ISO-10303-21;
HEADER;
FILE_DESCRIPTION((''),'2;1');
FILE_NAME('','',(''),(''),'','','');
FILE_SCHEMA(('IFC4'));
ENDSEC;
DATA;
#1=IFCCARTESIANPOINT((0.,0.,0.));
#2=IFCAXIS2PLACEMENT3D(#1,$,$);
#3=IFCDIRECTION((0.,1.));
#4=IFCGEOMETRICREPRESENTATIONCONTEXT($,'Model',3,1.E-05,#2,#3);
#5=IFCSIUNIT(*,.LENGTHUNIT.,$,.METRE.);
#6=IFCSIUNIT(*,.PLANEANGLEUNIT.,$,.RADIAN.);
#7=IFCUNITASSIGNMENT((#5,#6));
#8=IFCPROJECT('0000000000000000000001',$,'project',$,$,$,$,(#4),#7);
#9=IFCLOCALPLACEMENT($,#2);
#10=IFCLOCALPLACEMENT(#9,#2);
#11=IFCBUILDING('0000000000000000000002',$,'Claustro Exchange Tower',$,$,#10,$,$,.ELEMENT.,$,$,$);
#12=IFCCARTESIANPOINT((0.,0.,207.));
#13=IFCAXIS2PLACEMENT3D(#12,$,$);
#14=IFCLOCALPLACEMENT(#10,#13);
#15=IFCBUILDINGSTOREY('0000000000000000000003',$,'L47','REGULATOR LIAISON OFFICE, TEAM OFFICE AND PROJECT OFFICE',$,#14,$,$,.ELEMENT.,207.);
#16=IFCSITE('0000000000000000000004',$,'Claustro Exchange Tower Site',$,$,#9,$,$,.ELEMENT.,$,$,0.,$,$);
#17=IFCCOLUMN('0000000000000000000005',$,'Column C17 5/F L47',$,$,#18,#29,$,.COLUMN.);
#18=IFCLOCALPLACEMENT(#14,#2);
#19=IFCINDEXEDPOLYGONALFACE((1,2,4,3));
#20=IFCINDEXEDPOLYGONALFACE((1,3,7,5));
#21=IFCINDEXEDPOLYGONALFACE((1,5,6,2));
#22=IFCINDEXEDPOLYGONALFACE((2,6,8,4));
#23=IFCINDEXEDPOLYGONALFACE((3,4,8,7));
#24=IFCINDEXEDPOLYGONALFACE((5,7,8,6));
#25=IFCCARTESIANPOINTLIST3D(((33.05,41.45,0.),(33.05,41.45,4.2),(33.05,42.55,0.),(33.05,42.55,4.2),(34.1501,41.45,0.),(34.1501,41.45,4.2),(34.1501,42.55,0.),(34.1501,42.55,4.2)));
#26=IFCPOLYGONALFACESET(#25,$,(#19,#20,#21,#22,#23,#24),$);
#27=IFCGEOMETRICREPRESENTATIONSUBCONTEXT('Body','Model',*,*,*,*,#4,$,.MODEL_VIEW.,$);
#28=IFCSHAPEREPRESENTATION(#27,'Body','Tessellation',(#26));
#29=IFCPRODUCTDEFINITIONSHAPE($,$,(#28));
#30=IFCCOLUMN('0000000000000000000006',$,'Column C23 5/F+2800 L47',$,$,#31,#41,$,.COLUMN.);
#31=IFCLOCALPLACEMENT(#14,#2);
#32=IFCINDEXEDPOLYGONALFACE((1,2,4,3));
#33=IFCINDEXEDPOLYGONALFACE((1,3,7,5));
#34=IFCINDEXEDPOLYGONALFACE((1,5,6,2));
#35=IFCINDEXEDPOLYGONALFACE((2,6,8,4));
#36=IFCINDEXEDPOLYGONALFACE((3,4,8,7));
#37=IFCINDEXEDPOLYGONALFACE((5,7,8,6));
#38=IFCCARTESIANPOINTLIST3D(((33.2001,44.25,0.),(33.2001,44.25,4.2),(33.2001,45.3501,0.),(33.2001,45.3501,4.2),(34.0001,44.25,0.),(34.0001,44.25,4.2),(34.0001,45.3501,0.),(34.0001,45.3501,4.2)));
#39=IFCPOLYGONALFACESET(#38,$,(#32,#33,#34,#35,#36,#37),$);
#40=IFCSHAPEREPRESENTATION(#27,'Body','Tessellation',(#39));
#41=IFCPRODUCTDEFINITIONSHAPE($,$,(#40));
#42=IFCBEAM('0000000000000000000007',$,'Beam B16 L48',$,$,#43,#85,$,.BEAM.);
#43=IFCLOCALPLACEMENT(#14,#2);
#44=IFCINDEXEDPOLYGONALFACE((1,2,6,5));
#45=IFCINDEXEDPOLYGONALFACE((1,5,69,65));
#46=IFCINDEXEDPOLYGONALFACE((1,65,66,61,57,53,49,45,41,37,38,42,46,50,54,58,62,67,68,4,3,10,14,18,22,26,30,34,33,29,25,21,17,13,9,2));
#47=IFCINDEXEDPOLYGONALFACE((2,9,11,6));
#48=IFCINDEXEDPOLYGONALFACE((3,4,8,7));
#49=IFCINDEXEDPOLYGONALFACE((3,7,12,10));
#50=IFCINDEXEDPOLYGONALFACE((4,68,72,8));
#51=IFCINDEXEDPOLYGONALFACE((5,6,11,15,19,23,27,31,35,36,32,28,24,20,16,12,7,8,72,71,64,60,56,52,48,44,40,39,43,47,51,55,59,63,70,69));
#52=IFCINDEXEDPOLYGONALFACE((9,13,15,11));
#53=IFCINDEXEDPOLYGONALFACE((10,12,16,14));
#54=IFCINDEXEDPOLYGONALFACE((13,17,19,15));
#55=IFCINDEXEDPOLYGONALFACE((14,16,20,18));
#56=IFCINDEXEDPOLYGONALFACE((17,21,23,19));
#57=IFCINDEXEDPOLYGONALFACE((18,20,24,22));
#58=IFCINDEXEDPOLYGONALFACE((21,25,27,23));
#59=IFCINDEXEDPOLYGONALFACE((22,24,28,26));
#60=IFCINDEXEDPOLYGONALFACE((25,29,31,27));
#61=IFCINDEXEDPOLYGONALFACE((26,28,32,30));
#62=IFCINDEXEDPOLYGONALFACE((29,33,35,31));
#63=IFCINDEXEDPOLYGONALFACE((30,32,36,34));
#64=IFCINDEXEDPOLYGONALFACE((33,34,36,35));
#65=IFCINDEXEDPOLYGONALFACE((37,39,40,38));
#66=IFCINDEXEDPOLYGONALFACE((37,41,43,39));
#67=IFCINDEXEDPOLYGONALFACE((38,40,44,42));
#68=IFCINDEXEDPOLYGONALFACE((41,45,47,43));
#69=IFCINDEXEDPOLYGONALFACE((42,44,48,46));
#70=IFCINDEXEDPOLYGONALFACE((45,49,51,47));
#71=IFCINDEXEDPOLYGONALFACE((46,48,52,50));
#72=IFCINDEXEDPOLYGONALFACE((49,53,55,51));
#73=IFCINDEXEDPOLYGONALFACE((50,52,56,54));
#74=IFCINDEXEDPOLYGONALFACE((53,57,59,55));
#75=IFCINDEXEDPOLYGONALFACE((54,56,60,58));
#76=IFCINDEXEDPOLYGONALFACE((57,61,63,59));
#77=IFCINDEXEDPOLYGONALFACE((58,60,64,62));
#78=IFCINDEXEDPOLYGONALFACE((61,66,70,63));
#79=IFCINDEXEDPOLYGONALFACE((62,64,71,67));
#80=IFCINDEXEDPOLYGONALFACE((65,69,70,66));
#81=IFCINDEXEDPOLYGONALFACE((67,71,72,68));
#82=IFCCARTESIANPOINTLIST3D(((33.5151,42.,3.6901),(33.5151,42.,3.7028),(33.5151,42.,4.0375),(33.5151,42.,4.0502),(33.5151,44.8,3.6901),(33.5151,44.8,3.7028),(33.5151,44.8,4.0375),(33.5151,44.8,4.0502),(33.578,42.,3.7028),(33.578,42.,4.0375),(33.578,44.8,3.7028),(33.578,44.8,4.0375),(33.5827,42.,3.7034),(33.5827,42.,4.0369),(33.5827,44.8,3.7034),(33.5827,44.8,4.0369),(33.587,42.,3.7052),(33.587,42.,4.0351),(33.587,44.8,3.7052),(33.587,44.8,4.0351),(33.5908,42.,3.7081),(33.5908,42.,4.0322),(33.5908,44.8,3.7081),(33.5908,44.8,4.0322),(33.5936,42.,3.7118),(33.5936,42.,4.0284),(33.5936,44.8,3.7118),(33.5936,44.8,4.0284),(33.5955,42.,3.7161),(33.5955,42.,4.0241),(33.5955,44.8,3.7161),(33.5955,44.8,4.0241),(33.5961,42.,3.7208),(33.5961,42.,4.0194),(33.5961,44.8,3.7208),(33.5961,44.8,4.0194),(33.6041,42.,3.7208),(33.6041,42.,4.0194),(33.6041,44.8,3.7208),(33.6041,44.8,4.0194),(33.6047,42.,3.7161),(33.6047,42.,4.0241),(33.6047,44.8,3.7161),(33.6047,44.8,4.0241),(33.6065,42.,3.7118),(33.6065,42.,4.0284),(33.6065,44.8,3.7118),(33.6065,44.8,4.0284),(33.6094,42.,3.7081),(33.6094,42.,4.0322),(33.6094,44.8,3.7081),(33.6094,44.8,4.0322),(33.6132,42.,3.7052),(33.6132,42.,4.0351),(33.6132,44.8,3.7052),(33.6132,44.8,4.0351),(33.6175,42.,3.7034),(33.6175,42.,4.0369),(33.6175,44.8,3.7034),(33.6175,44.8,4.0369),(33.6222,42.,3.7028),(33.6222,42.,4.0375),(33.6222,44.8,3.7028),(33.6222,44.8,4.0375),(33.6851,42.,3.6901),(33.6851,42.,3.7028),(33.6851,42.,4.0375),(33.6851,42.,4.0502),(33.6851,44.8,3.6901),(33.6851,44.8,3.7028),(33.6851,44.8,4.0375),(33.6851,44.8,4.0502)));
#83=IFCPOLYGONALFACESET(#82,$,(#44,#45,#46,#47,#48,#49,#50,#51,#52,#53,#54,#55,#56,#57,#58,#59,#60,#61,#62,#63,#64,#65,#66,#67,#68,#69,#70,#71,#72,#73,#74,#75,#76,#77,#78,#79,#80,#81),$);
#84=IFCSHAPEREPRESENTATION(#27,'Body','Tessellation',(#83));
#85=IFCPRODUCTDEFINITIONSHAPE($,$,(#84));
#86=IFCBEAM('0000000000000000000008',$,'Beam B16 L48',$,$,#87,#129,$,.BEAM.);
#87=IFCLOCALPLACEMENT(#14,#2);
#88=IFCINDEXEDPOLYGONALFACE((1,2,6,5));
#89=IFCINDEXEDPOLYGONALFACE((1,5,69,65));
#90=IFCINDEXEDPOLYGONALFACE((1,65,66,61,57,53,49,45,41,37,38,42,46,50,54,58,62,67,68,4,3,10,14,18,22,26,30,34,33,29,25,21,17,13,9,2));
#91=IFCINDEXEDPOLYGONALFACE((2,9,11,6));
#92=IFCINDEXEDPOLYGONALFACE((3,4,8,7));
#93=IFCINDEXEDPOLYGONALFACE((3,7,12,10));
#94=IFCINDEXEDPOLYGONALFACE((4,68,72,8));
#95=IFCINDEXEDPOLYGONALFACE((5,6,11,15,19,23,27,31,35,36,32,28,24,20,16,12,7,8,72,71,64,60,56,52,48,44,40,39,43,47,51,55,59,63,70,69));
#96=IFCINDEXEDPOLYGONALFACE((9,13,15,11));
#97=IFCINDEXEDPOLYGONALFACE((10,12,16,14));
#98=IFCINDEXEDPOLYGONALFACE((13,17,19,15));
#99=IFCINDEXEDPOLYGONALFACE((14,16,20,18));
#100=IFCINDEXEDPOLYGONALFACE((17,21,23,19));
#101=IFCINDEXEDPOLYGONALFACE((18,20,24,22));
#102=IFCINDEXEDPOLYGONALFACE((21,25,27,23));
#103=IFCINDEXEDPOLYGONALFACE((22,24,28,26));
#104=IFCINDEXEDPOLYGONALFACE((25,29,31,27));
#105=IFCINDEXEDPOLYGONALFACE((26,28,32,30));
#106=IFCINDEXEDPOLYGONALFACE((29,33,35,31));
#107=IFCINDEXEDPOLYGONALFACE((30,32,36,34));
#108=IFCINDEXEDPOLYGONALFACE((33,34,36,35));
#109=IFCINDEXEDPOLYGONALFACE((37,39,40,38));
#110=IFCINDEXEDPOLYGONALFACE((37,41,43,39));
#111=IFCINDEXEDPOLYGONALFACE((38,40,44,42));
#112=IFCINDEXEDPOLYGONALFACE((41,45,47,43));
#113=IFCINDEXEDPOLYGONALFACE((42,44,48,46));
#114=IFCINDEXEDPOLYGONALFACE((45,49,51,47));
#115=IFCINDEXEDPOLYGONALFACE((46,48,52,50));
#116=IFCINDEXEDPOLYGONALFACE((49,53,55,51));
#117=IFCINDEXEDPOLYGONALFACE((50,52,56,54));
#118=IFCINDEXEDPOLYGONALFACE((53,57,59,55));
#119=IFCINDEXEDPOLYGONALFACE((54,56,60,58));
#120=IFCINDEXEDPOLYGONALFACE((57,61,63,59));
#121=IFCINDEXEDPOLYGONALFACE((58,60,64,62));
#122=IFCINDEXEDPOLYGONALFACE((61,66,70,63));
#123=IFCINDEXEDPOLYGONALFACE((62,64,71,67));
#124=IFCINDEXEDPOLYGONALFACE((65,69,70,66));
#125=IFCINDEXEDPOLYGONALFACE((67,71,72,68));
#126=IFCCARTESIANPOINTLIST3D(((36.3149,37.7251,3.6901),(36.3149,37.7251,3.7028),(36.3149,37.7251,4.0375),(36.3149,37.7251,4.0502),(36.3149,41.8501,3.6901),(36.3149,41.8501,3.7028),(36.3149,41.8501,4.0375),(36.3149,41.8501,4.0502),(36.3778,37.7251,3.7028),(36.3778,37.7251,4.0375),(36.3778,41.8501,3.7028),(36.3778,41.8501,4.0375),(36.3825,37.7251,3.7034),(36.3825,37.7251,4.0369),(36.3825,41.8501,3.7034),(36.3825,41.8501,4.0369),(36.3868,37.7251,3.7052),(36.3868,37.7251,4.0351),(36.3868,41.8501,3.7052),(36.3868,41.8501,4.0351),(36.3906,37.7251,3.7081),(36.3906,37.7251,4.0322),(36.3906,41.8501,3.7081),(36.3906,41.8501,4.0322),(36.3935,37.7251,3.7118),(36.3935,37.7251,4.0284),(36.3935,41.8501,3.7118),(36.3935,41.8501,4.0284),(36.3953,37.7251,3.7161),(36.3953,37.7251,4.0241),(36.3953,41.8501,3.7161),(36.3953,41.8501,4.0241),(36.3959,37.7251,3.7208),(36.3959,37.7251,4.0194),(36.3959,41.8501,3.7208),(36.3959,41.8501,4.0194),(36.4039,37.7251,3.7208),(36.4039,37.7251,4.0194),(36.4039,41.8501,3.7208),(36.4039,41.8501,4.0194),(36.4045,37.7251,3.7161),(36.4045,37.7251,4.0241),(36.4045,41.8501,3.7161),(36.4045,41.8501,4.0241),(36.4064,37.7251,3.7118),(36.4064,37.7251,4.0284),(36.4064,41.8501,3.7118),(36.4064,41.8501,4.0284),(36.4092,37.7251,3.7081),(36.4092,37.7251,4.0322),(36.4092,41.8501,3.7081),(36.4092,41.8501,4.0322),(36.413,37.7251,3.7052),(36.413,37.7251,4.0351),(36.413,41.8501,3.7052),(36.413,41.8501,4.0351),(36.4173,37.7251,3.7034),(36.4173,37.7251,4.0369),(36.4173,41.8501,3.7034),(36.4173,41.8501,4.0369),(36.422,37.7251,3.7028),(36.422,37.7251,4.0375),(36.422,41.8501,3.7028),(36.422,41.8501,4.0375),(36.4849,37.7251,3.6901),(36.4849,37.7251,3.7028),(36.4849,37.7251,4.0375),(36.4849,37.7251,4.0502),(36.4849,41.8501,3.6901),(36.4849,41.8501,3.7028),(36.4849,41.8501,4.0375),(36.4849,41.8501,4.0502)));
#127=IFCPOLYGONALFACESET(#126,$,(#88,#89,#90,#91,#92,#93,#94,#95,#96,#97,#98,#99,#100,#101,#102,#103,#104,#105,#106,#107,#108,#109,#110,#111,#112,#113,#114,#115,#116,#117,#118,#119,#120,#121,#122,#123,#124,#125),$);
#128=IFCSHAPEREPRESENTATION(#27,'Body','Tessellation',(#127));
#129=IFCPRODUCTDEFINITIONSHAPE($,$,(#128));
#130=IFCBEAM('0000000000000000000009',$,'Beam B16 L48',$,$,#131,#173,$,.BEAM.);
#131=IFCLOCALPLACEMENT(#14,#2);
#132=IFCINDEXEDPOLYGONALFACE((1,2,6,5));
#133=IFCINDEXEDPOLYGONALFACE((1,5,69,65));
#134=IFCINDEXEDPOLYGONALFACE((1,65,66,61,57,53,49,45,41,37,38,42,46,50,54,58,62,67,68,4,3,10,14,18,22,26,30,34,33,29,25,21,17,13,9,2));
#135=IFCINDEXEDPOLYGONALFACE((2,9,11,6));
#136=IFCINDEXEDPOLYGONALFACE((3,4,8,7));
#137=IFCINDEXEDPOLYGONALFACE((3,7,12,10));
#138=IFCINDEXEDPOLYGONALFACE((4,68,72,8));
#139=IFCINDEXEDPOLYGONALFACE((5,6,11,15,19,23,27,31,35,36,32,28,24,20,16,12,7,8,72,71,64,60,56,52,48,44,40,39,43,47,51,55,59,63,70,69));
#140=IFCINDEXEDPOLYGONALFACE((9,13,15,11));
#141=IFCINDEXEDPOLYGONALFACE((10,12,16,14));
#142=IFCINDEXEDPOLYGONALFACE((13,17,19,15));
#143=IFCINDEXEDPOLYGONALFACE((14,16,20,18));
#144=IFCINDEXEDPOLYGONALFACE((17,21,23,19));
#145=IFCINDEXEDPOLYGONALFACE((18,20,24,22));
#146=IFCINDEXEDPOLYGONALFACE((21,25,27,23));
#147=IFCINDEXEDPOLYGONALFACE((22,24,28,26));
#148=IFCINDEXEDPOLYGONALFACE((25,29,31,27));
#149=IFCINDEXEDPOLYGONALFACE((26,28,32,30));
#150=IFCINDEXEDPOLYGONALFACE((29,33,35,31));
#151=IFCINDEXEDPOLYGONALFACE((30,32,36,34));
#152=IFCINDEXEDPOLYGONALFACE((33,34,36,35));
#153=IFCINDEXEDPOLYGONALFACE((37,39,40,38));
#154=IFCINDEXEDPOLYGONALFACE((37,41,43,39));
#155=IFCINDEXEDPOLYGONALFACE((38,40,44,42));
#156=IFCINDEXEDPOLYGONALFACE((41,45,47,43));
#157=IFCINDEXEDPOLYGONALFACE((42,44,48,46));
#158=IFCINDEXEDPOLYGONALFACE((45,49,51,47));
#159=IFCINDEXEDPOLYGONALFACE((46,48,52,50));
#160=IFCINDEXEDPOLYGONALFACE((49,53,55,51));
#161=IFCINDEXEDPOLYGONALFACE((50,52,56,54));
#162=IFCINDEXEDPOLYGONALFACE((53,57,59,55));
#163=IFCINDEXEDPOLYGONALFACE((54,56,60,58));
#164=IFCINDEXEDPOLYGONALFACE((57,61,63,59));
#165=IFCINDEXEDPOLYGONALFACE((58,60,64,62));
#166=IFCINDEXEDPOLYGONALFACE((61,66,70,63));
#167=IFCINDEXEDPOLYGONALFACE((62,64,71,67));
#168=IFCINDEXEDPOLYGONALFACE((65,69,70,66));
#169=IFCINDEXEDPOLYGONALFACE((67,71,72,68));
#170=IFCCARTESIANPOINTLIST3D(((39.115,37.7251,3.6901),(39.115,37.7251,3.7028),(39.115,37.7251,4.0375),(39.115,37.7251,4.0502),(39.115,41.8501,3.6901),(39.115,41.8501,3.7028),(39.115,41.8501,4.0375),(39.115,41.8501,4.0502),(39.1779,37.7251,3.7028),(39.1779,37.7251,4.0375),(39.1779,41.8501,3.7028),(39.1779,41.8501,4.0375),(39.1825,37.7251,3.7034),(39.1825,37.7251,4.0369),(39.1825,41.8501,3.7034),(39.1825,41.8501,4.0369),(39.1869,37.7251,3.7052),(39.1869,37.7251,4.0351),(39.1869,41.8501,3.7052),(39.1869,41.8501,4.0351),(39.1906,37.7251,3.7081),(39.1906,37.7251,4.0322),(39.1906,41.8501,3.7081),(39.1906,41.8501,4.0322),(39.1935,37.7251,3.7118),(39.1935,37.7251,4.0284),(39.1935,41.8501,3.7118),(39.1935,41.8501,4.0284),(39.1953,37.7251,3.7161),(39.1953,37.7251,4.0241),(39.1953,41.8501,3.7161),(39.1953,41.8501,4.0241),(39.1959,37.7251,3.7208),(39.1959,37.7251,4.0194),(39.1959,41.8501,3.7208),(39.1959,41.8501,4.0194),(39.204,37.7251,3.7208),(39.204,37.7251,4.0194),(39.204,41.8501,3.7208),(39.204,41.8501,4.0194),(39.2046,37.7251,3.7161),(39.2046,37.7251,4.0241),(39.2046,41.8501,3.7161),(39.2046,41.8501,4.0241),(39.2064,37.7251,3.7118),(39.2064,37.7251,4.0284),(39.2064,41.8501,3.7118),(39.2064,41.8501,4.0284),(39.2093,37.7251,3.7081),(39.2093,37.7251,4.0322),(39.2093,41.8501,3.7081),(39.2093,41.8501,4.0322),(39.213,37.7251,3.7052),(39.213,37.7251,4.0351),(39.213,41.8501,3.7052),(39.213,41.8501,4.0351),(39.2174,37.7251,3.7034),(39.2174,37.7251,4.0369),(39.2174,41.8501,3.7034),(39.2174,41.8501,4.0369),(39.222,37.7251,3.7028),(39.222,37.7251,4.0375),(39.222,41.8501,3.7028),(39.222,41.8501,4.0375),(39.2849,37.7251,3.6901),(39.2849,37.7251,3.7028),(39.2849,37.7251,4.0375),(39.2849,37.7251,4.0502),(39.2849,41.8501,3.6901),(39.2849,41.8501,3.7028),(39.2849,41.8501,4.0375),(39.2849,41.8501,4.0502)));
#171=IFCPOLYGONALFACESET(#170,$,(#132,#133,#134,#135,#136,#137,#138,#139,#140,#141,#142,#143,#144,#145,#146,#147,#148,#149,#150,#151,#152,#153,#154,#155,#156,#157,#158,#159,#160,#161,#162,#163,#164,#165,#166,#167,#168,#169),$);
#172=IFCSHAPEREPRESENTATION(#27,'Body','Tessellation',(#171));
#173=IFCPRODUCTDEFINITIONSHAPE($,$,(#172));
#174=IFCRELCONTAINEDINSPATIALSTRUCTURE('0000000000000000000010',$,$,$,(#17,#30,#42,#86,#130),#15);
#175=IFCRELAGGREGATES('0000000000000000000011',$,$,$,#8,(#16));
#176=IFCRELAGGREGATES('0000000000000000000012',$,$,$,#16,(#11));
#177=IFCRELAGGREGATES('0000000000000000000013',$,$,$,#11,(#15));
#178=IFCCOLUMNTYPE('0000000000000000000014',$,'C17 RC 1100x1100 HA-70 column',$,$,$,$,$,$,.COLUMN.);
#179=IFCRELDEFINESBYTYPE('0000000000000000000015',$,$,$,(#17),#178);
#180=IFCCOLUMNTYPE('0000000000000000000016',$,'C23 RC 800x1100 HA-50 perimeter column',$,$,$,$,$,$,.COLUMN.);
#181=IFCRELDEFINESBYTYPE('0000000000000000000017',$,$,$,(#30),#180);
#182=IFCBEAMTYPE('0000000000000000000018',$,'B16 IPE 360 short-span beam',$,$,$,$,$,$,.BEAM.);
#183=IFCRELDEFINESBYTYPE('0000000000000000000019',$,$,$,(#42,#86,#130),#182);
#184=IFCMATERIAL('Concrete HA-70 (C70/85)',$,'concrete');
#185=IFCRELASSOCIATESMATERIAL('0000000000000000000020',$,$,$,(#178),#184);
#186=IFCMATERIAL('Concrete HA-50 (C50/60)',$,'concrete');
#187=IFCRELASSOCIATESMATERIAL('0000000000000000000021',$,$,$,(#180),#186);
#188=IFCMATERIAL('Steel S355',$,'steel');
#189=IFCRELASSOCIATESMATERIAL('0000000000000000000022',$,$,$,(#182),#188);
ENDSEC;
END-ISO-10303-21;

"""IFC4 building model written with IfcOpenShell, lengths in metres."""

from ifc_helpers import new_model, si_unit, direction, frame, origin, origin_2d, place, context, subcontext, project, spatial, rectangle, i_section, extrude, material, material_profile, profile_set, type_object, element, save


model = new_model("IFC4")

# Units and contexts
model_context = context("Model", 3, precision=1e-05, world=origin(), true_north=direction((0.0, 1.0)))
body_context = subcontext(model_context, "Body", "Model", "MODEL_VIEW")
ifc_project = project(units=[si_unit("LENGTHUNIT", "METRE"), si_unit("PLANEANGLEUNIT", "RADIAN")], contexts=[model_context])

# Site, building, storey
site_placement = place(None, origin())
site = spatial("IfcSite", under=ifc_project, at=site_placement, Name="Claustro Exchange Tower Site", CompositionType="ELEMENT", RefElevation=0.0)
building_placement = place(site_placement, origin())
building = spatial("IfcBuilding", under=site, at=building_placement, Name="Claustro Exchange Tower", CompositionType="ELEMENT")
storey_placement = place(building_placement, frame((0.0, 0.0, 207.0)))
storey = spatial("IfcBuildingStorey", under=building, at=storey_placement, Name="L47", Description="REGULATOR LIAISON OFFICE, TEAM OFFICE AND PROJECT OFFICE", CompositionType="ELEMENT", Elevation=207.0)

# Columns
ifc_material_1 = material(Name="Concrete HA-70 (C70/85)", Category="concrete")
ifc_material_profile_1 = material_profile(ifc_material_1, rectangle(XDim=1.1001, YDim=1.1001, at=origin_2d()), Name="RC 1100x1100")
ifc_profile_set_1 = profile_set([ifc_material_profile_1], Name="Concrete HA-70 (C70/85)")
column_type_1 = type_object("IfcColumnType", Name="C17 RC 1100x1100 HA-70 column", PredefinedType="COLUMN", material=ifc_profile_set_1)
column_1_placement = place(storey_placement, frame((33.6001, 42.0, 0.0), z_axis=(0.0, 0.0, 1.0), x_axis=(1.0, 0.0, 0.0)))
element("IfcColumn", 1, at=column_1_placement, inside=storey, type_object=column_type_1, Name="Column C17 5/F L47", PredefinedType="COLUMN", context=body_context, shape_type="SweptSolid", body=[
    extrude(rectangle(XDim=1.1001, YDim=1.1001, at=origin_2d()), origin(), (0.0, 0.0, 1.0), 4.2),
])
ifc_material_2 = material(Name="Concrete HA-50 (C50/60)", Category="concrete")
ifc_material_profile_2 = material_profile(ifc_material_2, rectangle(XDim=0.8, YDim=1.1001, at=origin_2d()), Name="RC 800x1100")
ifc_profile_set_2 = profile_set([ifc_material_profile_2], Name="Concrete HA-50 (C50/60)")
column_type_2 = type_object("IfcColumnType", Name="C23 RC 800x1100 HA-50 perimeter column", PredefinedType="COLUMN", material=ifc_profile_set_2)
column_2_placement = place(storey_placement, frame((33.6001, 44.8, 0.0), z_axis=(0.0, 0.0, 1.0), x_axis=(1.0, 0.0, 0.0)))
element("IfcColumn", 2, at=column_2_placement, inside=storey, type_object=column_type_2, Name="Column C23 5/F+2800 L47", PredefinedType="COLUMN", context=body_context, shape_type="SweptSolid", body=[
    extrude(rectangle(XDim=0.8, YDim=1.1001, at=origin_2d()), origin(), (0.0, 0.0, 1.0), 4.2),
])

# Beams
ifc_material_3 = material(Name="Steel S355", Category="steel")
ifc_material_profile_3 = material_profile(ifc_material_3, i_section(OverallWidth=0.1699, OverallDepth=0.3601, WebThickness=0.0081, FlangeThickness=0.0127, FilletRadius=0.0181, at=origin_2d()), Name="IPE 360")
ifc_profile_set_3 = profile_set([ifc_material_profile_3], Name="Steel S355")
beam_type_1 = type_object("IfcBeamType", Name="B16 IPE 360 short-span beam", PredefinedType="BEAM", material=ifc_profile_set_3)
beam_1_placement = place(storey_placement, frame((33.6001, 42.0, 3.8701), z_axis=(0.0, 1.0, 0.0), x_axis=(-1.0, 0.0, 0.0)))
element("IfcBeam", 3, at=beam_1_placement, inside=storey, type_object=beam_type_1, Name="Beam B16 L48", PredefinedType="BEAM", context=body_context, shape_type="SweptSolid", body=[
    extrude(i_section(OverallWidth=0.1699, OverallDepth=0.3601, WebThickness=0.0081, FlangeThickness=0.0127, FilletRadius=0.0181, at=origin_2d()), origin(), (0.0, 0.0, 1.0), 2.8),
])
for number, where, z_axis, x_axis, name in (
    (4, (36.3999, 37.7251, 3.8701), (0.0, 1.0, 0.0), (-1.0, 0.0, 0.0), "Beam B16 L48"),
    (5, (39.2, 37.7251, 3.8701), (0.0, 1.0, 0.0), (-1.0, 0.0, 0.0), "Beam B16 L48"),
):
    element("IfcBeam", number, at=place(storey_placement, frame(where, z_axis=z_axis, x_axis=x_axis)), inside=storey, type_object=beam_type_1, Name=name, PredefinedType="BEAM", context=body_context, shape_type="SweptSolid", body=[
        extrude(i_section(OverallWidth=0.1699, OverallDepth=0.3601, WebThickness=0.0081, FlangeThickness=0.0127, FilletRadius=0.0181, at=origin_2d()), origin(), (0.0, 0.0, 1.0), 4.125),
    ])

save(model, "model.ifc")
